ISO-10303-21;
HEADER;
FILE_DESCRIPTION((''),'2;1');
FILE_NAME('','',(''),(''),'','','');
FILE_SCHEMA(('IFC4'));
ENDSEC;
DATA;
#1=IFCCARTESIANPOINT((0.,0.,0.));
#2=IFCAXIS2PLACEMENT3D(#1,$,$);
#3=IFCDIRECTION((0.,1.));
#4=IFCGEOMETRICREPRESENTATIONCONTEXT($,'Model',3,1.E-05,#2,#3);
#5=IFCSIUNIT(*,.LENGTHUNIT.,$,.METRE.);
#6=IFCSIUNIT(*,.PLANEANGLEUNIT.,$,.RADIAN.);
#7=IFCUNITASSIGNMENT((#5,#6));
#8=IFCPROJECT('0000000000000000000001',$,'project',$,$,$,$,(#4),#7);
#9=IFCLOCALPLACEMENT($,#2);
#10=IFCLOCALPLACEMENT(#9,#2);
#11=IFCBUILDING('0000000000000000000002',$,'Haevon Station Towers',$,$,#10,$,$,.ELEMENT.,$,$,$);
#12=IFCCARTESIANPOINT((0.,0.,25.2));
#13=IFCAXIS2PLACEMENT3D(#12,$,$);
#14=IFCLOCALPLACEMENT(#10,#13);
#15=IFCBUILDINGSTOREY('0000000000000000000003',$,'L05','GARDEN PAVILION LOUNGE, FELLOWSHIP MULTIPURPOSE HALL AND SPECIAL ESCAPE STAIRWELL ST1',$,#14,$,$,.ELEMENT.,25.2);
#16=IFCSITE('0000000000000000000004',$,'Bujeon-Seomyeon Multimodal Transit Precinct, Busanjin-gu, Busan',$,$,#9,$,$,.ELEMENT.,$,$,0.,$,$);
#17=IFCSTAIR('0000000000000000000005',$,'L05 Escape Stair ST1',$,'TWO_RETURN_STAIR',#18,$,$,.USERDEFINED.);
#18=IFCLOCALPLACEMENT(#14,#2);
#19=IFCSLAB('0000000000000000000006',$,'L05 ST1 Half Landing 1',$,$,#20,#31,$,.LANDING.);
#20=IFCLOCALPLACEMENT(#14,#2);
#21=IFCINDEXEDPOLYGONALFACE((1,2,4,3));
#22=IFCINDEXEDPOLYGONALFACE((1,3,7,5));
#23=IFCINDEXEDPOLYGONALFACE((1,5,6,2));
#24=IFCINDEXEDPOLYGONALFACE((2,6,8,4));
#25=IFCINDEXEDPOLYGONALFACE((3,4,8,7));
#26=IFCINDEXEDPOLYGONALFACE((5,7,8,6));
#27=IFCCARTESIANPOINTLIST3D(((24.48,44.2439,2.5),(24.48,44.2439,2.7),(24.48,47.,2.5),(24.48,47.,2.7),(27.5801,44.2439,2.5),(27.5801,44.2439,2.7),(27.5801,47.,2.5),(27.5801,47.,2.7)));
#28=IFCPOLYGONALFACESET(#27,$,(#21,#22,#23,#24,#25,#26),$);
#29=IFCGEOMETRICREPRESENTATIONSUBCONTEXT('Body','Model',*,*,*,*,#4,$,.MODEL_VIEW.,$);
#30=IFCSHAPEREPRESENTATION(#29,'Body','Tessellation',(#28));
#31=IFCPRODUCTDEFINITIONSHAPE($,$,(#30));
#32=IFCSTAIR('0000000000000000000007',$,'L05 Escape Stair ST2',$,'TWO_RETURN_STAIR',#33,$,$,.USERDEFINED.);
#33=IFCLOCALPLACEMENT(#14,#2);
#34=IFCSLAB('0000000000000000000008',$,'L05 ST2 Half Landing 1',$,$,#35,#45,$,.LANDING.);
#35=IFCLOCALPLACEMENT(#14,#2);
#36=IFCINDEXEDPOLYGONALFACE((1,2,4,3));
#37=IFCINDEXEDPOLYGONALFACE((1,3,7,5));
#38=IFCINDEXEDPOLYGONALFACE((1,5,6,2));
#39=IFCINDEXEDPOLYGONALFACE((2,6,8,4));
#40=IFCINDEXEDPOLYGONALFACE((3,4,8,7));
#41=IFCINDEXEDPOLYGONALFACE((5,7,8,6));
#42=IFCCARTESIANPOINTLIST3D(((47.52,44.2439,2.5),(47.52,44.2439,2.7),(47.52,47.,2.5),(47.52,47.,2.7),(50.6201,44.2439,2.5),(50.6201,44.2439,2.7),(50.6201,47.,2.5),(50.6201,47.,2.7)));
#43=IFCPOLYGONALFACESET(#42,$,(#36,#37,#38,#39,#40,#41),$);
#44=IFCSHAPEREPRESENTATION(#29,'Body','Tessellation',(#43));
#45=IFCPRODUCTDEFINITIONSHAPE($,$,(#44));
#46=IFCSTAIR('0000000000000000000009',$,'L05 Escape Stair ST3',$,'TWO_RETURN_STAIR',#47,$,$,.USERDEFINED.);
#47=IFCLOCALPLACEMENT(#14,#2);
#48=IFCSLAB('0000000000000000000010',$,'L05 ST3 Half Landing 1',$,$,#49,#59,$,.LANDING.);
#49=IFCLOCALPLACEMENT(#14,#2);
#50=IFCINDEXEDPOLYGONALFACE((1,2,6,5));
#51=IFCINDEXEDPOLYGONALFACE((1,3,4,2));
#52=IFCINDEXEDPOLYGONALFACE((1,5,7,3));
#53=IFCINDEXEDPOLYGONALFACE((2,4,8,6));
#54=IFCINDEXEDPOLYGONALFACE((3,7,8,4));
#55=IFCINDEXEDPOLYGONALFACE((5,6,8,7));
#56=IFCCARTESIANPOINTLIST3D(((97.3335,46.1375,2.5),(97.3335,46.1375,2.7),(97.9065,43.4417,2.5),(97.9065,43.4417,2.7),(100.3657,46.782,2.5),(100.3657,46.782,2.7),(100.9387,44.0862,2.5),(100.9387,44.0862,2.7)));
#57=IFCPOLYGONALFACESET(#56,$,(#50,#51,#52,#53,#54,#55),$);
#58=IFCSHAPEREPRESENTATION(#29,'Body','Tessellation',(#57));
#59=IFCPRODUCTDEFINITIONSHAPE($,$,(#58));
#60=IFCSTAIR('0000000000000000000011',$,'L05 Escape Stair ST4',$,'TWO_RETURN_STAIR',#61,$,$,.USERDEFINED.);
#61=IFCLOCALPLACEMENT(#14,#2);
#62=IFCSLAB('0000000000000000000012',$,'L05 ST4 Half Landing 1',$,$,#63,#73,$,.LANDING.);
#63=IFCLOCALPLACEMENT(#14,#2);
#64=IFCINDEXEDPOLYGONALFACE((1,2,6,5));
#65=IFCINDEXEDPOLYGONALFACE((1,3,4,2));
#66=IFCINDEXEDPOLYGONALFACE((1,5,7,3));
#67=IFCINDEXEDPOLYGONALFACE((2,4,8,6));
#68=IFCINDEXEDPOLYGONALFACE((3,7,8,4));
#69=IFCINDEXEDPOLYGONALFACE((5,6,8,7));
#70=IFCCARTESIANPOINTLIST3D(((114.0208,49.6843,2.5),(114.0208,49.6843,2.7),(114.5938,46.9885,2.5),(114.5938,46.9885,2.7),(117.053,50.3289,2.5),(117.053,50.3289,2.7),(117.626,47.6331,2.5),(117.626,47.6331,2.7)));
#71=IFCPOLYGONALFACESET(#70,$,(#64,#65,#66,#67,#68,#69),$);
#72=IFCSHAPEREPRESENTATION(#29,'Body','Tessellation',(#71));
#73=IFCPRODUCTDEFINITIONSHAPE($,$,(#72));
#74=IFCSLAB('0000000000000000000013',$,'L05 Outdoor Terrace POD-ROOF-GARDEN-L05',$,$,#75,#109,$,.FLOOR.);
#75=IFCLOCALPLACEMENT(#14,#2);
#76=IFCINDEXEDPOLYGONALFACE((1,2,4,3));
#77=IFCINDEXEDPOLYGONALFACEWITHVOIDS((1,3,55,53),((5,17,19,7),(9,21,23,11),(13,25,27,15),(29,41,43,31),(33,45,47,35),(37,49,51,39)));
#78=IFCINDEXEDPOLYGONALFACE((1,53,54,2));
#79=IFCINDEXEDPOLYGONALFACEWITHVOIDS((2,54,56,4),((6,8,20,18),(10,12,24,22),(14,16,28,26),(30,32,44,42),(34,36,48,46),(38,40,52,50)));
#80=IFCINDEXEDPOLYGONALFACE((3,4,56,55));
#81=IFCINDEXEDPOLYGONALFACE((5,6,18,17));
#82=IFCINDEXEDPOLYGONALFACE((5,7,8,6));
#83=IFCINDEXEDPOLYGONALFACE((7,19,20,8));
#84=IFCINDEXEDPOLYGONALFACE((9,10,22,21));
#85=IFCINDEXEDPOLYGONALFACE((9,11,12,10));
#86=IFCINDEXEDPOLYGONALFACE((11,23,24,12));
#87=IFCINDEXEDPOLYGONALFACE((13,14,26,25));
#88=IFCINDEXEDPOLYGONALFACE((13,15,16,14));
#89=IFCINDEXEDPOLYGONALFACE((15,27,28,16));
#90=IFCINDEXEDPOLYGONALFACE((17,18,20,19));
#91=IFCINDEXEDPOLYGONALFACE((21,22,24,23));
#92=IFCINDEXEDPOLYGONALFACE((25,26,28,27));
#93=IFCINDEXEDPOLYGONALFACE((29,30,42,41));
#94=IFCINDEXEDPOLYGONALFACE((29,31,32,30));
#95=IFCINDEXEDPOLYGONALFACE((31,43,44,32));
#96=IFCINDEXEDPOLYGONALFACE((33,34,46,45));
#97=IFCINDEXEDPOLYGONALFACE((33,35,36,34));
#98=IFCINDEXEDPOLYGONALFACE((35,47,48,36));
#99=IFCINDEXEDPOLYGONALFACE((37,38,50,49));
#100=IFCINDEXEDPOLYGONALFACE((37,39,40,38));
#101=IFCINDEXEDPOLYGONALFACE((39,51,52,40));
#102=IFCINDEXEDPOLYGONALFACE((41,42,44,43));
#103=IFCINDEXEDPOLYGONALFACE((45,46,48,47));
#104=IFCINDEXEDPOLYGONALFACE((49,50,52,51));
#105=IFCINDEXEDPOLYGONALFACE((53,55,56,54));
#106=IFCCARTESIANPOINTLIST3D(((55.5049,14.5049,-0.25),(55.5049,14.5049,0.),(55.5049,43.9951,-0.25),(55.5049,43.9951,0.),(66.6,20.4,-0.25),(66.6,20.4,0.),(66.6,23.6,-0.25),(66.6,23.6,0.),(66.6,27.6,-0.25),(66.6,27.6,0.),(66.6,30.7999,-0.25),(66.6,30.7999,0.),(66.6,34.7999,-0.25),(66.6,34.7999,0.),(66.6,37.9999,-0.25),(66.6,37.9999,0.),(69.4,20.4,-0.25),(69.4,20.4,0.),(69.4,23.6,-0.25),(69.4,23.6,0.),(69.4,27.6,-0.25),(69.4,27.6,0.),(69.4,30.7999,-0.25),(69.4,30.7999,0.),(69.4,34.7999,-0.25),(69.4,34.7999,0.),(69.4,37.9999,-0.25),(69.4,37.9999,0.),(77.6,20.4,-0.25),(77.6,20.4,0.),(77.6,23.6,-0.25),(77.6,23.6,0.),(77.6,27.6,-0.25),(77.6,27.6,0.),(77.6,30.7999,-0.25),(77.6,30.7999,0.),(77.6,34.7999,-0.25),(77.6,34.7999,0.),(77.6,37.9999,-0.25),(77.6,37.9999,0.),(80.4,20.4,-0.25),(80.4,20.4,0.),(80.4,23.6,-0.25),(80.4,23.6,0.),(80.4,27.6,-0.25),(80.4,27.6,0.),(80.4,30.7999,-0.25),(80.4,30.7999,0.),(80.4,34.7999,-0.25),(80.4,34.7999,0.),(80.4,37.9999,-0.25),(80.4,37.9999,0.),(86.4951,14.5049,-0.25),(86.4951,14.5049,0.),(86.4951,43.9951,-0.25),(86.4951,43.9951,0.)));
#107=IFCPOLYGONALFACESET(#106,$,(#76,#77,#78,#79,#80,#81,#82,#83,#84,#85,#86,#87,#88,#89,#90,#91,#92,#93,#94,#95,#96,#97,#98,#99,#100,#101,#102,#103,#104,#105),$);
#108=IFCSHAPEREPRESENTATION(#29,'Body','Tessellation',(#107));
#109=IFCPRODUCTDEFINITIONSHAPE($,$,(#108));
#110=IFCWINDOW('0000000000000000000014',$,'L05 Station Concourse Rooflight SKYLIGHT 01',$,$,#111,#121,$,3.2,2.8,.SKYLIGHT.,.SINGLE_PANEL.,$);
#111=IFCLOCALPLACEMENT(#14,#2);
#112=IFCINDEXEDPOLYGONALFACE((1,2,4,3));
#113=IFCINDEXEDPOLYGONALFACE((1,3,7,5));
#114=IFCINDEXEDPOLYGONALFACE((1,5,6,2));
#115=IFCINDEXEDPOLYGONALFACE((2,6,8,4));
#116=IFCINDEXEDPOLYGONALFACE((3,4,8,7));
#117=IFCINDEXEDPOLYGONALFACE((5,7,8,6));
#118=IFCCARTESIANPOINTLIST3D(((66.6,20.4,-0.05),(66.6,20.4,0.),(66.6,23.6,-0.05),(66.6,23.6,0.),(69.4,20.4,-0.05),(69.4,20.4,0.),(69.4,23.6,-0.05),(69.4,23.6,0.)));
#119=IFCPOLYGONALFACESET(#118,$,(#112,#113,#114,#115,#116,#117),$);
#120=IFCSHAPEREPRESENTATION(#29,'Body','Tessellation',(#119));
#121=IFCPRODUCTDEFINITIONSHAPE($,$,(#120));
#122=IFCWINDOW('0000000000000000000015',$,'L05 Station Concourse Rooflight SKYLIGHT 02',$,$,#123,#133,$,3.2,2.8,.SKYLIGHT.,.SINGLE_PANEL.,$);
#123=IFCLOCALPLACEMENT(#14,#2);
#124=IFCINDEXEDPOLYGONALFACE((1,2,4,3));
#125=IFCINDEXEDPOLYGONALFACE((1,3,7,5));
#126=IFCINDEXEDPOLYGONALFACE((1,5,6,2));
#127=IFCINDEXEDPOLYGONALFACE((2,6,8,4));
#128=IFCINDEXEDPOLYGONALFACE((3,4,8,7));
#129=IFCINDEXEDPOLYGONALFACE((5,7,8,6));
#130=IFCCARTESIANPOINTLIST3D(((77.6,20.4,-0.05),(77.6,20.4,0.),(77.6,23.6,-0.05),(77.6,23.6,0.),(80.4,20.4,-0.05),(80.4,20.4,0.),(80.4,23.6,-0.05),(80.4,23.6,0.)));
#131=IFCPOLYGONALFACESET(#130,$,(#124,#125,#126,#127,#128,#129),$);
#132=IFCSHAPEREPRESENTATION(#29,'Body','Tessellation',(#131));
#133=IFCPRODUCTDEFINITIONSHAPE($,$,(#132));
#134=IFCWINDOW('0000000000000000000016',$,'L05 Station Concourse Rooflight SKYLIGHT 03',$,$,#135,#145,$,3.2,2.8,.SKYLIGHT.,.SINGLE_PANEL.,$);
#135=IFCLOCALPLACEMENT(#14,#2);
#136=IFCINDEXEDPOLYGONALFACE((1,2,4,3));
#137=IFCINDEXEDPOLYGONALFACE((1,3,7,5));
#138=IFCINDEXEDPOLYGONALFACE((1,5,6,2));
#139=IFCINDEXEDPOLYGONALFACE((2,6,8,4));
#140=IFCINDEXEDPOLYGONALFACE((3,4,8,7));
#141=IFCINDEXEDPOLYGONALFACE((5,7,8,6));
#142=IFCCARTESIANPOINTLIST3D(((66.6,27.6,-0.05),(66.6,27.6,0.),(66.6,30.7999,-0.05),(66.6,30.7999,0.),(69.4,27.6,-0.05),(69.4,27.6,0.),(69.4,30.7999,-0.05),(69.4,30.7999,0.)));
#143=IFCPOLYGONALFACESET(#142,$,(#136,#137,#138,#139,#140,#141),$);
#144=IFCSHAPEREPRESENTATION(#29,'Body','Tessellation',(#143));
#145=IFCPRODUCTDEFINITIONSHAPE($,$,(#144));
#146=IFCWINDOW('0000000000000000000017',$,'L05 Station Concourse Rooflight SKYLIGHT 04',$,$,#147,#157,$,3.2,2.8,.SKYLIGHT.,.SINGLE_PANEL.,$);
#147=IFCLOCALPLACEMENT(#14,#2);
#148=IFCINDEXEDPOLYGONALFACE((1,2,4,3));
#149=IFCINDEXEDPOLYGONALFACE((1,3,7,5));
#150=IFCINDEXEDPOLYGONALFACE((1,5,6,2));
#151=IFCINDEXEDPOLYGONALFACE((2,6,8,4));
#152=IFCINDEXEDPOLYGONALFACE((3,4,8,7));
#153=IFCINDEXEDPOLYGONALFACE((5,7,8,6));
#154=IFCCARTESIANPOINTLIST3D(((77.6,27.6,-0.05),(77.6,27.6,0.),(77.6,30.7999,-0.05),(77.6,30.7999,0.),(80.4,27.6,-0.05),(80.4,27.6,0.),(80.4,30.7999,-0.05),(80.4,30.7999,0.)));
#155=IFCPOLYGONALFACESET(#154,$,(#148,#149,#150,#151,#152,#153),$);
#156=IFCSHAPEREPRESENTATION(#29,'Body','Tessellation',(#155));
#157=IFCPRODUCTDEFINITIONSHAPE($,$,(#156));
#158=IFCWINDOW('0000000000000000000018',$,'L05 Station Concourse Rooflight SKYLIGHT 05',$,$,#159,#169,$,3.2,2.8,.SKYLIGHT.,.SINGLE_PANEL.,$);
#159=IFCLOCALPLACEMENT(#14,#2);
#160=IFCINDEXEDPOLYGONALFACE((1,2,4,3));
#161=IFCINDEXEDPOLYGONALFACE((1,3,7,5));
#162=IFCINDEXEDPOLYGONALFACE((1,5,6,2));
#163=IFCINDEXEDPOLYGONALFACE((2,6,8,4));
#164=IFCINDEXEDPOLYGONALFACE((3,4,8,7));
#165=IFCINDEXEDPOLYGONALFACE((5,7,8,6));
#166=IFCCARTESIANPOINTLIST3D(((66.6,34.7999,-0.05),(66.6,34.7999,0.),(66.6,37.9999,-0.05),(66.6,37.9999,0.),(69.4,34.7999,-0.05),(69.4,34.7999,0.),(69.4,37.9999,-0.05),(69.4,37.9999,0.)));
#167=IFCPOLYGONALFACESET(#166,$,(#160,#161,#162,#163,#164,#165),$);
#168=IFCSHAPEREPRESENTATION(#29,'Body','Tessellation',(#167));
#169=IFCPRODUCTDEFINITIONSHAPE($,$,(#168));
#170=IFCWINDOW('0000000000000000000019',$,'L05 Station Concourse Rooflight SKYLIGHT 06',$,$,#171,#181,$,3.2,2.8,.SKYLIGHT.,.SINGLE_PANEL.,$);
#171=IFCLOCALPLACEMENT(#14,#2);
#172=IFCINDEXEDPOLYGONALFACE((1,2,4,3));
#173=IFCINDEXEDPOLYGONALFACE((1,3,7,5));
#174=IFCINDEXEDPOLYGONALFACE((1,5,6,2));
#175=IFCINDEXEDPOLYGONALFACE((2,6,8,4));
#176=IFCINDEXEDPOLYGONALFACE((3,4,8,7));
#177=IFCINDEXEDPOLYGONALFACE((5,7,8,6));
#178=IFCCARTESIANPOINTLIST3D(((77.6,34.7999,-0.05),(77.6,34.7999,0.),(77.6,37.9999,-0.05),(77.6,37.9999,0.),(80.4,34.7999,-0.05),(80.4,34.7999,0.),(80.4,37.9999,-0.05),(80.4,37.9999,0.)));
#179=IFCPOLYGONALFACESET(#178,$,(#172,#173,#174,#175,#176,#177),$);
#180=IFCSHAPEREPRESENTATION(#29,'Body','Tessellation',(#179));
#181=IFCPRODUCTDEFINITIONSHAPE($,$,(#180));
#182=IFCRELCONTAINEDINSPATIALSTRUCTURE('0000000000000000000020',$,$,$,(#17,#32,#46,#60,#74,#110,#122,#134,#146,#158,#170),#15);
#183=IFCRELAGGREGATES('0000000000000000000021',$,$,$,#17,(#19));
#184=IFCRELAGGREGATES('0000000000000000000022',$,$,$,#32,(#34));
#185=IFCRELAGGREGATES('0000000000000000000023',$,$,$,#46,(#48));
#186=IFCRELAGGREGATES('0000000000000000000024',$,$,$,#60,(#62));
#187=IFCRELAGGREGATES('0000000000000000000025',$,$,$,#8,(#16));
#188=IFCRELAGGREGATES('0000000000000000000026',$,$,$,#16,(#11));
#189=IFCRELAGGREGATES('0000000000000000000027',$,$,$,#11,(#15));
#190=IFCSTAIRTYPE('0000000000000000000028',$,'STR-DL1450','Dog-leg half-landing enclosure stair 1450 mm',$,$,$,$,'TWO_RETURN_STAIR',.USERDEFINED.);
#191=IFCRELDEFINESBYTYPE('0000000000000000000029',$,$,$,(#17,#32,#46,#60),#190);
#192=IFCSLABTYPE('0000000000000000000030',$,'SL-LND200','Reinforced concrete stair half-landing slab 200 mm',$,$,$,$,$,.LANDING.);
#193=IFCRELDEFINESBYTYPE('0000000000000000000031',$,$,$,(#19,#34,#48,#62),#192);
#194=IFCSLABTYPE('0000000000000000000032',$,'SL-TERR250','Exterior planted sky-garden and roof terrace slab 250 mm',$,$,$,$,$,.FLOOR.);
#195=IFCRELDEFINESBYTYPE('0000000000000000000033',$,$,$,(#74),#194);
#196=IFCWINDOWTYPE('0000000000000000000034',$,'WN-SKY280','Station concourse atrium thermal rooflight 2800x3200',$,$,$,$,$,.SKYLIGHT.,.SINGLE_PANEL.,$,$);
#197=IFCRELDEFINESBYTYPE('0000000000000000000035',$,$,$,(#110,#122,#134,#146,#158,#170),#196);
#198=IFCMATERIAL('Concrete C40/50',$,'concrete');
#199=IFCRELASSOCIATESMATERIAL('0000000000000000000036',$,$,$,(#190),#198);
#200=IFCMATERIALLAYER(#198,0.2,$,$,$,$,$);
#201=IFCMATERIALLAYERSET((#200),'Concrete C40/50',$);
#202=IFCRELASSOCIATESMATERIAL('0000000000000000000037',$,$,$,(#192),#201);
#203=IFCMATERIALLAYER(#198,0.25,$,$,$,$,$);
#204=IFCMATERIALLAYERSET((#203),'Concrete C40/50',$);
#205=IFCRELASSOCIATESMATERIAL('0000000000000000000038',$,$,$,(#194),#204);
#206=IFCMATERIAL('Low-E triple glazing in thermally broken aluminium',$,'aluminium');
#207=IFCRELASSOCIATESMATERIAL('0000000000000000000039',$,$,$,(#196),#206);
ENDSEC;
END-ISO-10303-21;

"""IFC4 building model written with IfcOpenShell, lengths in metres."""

from ifc_helpers import new_model, si_unit, direction, frame, origin, origin_2d, place, context, subcontext, project, spatial, polyline, rectangle, outline, extrude, material, layer, layer_set, type_object, element, fill, aggregate, save


model = new_model("IFC4")

# Units and contexts
model_context = context("Model", 3, precision=1e-05, world=origin(), true_north=direction((0.0, 1.0)))
body_context = subcontext(model_context, "Body", "Model", "MODEL_VIEW")
ifc_project = project(units=[si_unit("LENGTHUNIT", "METRE"), si_unit("PLANEANGLEUNIT", "RADIAN")], contexts=[model_context])

# Site, building, storey
site_placement = place(None, origin())
site = spatial("IfcSite", under=ifc_project, at=site_placement, Name="Bujeon-Seomyeon Multimodal Transit Precinct, Busanjin-gu, Busan", CompositionType="ELEMENT", RefElevation=0.0)
building_placement = place(site_placement, origin())
building = spatial("IfcBuilding", under=site, at=building_placement, Name="Haevon Station Towers", CompositionType="ELEMENT")
storey_placement = place(building_placement, frame((0.0, 0.0, 25.2)))
storey = spatial("IfcBuildingStorey", under=building, at=storey_placement, Name="L05", Description="GARDEN PAVILION LOUNGE, FELLOWSHIP MULTIPURPOSE HALL AND SPECIAL ESCAPE STAIRWELL ST1", CompositionType="ELEMENT", Elevation=25.2)

# Stairs, slabs
ifc_material_1 = material(Name="Concrete C40/50", Category="concrete")
stair_type = type_object("IfcStairType", Name="STR-DL1450", Description="Dog-leg half-landing enclosure stair 1450 mm", ElementType="TWO_RETURN_STAIR", PredefinedType="USERDEFINED", material=ifc_material_1)
stair_1_placement = place(storey_placement, origin())
stair_1 = element("IfcStair", 1, at=stair_1_placement, inside=storey, type_object=stair_type, Name="L05 Escape Stair ST1", ObjectType="TWO_RETURN_STAIR", PredefinedType="USERDEFINED")
ifc_layer_1 = layer(ifc_material_1, 0.2)
ifc_layer_set_1 = layer_set([ifc_layer_1], Name="Concrete C40/50")
slab_type_1 = type_object("IfcSlabType", Name="SL-LND200", Description="Reinforced concrete stair half-landing slab 200 mm", PredefinedType="LANDING", material=ifc_layer_set_1)
slab_1_placement = place(storey_placement, frame((0.0, 0.0, 2.5)))
slab_1 = element("IfcSlab", 2, at=slab_1_placement, type_object=slab_type_1, Name="L05 ST1 Half Landing 1", PredefinedType="LANDING", context=body_context, shape_type="SweptSolid", body=[
    extrude(outline(polyline([(27.5801, 44.2439), (27.5801, 47.0), (24.48, 47.0), (24.48, 44.2439), (27.5801, 44.2439)])), origin(), (0.0, 0.0, 1.0), 0.2),
])
aggregate(stair_1, [slab_1])
stair_2_placement = place(storey_placement, origin())
stair_2 = element("IfcStair", 3, at=stair_2_placement, inside=storey, type_object=stair_type, Name="L05 Escape Stair ST2", ObjectType="TWO_RETURN_STAIR", PredefinedType="USERDEFINED")
slab_2_placement = place(storey_placement, frame((0.0, 0.0, 2.5)))
slab_2 = element("IfcSlab", 4, at=slab_2_placement, type_object=slab_type_1, Name="L05 ST2 Half Landing 1", PredefinedType="LANDING", context=body_context, shape_type="SweptSolid", body=[
    extrude(outline(polyline([(50.6201, 44.2439), (50.6201, 47.0), (47.52, 47.0), (47.52, 44.2439), (50.6201, 44.2439)])), origin(), (0.0, 0.0, 1.0), 0.2),
])
aggregate(stair_2, [slab_2])
stair_3_placement = place(storey_placement, origin())
stair_3 = element("IfcStair", 5, at=stair_3_placement, inside=storey, type_object=stair_type, Name="L05 Escape Stair ST3", ObjectType="TWO_RETURN_STAIR", PredefinedType="USERDEFINED")
slab_3_placement = place(storey_placement, frame((0.0, 0.0, 2.5)))
slab_3 = element("IfcSlab", 6, at=slab_3_placement, type_object=slab_type_1, Name="L05 ST3 Half Landing 1", PredefinedType="LANDING", context=body_context, shape_type="SweptSolid", body=[
    extrude(outline(polyline([(100.9387, 44.0862), (100.3657, 46.782), (97.3335, 46.1375), (97.9065, 43.4417), (100.9387, 44.0862)])), origin(), (0.0, 0.0, 1.0), 0.2),
])
aggregate(stair_3, [slab_3])
stair_4_placement = place(storey_placement, origin())
stair_4 = element("IfcStair", 7, at=stair_4_placement, inside=storey, type_object=stair_type, Name="L05 Escape Stair ST4", ObjectType="TWO_RETURN_STAIR", PredefinedType="USERDEFINED")
slab_4_placement = place(storey_placement, frame((0.0, 0.0, 2.5)))
slab_4 = element("IfcSlab", 8, at=slab_4_placement, type_object=slab_type_1, Name="L05 ST4 Half Landing 1", PredefinedType="LANDING", context=body_context, shape_type="SweptSolid", body=[
    extrude(outline(polyline([(117.626, 47.6331), (117.053, 50.3289), (114.0208, 49.6843), (114.5938, 46.9885), (117.626, 47.6331)])), origin(), (0.0, 0.0, 1.0), 0.2),
])
aggregate(stair_4, [slab_4])

# Slab, openings, windows
ifc_layer_2 = layer(ifc_material_1, 0.25)
ifc_layer_set_2 = layer_set([ifc_layer_2], Name="Concrete C40/50")
slab_type_2 = type_object("IfcSlabType", Name="SL-TERR250", Description="Exterior planted sky-garden and roof terrace slab 250 mm", PredefinedType="FLOOR", material=ifc_layer_set_2)
slab_5_placement = place(storey_placement, frame((0.0, 0.0, -0.25)))
slab_5 = element("IfcSlab", 9, at=slab_5_placement, inside=storey, type_object=slab_type_2, Name="L05 Outdoor Terrace POD-ROOF-GARDEN-L05", PredefinedType="FLOOR", context=body_context, shape_type="SweptSolid", body=[
    extrude(outline(polyline([(55.5049, 14.5049), (86.4951, 14.5049), (86.4951, 43.9951), (55.5049, 43.9951), (55.5049, 14.5049)])), origin(), (0.0, 0.0, 1.0), 0.25),
])
opening_1_placement = place(slab_5_placement, frame((68.0, 22.0, -0.01)))
opening_1 = element("IfcOpeningElement", 10, at=opening_1_placement, cuts=slab_5, PredefinedType="OPENING", context=body_context, shape_type="SweptSolid", body=[
    extrude(rectangle(XDim=2.8, YDim=3.2, at=origin_2d()), origin(), (0.0, 0.0, 1.0), 0.27),
])
opening_2_placement = place(slab_5_placement, frame((79.0, 22.0, -0.01)))
opening_2 = element("IfcOpeningElement", 11, at=opening_2_placement, cuts=slab_5, PredefinedType="OPENING", context=body_context, shape_type="SweptSolid", body=[
    extrude(rectangle(XDim=2.8, YDim=3.2, at=origin_2d()), origin(), (0.0, 0.0, 1.0), 0.27),
])
opening_3_placement = place(slab_5_placement, frame((68.0, 29.2, -0.01)))
opening_3 = element("IfcOpeningElement", 12, at=opening_3_placement, cuts=slab_5, PredefinedType="OPENING", context=body_context, shape_type="SweptSolid", body=[
    extrude(rectangle(XDim=2.8, YDim=3.2, at=origin_2d()), origin(), (0.0, 0.0, 1.0), 0.27),
])
opening_4_placement = place(slab_5_placement, frame((79.0, 29.2, -0.01)))
opening_4 = element("IfcOpeningElement", 13, at=opening_4_placement, cuts=slab_5, PredefinedType="OPENING", context=body_context, shape_type="SweptSolid", body=[
    extrude(rectangle(XDim=2.8, YDim=3.2, at=origin_2d()), origin(), (0.0, 0.0, 1.0), 0.27),
])
opening_5_placement = place(slab_5_placement, frame((68.0, 36.3999, -0.01)))
opening_5 = element("IfcOpeningElement", 14, at=opening_5_placement, cuts=slab_5, PredefinedType="OPENING", context=body_context, shape_type="SweptSolid", body=[
    extrude(rectangle(XDim=2.8, YDim=3.2, at=origin_2d()), origin(), (0.0, 0.0, 1.0), 0.27),
])
opening_6_placement = place(slab_5_placement, frame((79.0, 36.3999, -0.01)))
opening_6 = element("IfcOpeningElement", 15, at=opening_6_placement, cuts=slab_5, PredefinedType="OPENING", context=body_context, shape_type="SweptSolid", body=[
    extrude(rectangle(XDim=2.8, YDim=3.2, at=origin_2d()), origin(), (0.0, 0.0, 1.0), 0.27),
])
ifc_material_2 = material(Name="Low-E triple glazing in thermally broken aluminium", Category="aluminium")
window_type = type_object("IfcWindowType", Name="WN-SKY280", Description="Station concourse atrium thermal rooflight 2800x3200", PartitioningType="SINGLE_PANEL", PredefinedType="SKYLIGHT", material=ifc_material_2)
window_1_placement = place(slab_5_placement, frame((68.0, 22.0, 0.2)))
window_1 = element("IfcWindow", 16, at=window_1_placement, inside=storey, type_object=window_type, Name="L05 Station Concourse Rooflight SKYLIGHT 01", OverallHeight=3.2, OverallWidth=2.8, PartitioningType="SINGLE_PANEL", PredefinedType="SKYLIGHT", context=body_context, shape_type="SweptSolid", body=[
    extrude(rectangle(XDim=2.8, YDim=3.2, at=origin_2d()), origin(), (0.0, 0.0, 1.0), 0.05),
])
fill(opening_1, window_1)
window_2_placement = place(slab_5_placement, frame((79.0, 22.0, 0.2)))
window_2 = element("IfcWindow", 17, at=window_2_placement, inside=storey, type_object=window_type, Name="L05 Station Concourse Rooflight SKYLIGHT 02", OverallHeight=3.2, OverallWidth=2.8, PartitioningType="SINGLE_PANEL", PredefinedType="SKYLIGHT", context=body_context, shape_type="SweptSolid", body=[
    extrude(rectangle(XDim=2.8, YDim=3.2, at=origin_2d()), origin(), (0.0, 0.0, 1.0), 0.05),
])
fill(opening_2, window_2)
window_3_placement = place(slab_5_placement, frame((68.0, 29.2, 0.2)))
window_3 = element("IfcWindow", 18, at=window_3_placement, inside=storey, type_object=window_type, Name="L05 Station Concourse Rooflight SKYLIGHT 03", OverallHeight=3.2, OverallWidth=2.8, PartitioningType="SINGLE_PANEL", PredefinedType="SKYLIGHT", context=body_context, shape_type="SweptSolid", body=[
    extrude(rectangle(XDim=2.8, YDim=3.2, at=origin_2d()), origin(), (0.0, 0.0, 1.0), 0.05),
])
fill(opening_3, window_3)
window_4_placement = place(slab_5_placement, frame((79.0, 29.2, 0.2)))
window_4 = element("IfcWindow", 19, at=window_4_placement, inside=storey, type_object=window_type, Name="L05 Station Concourse Rooflight SKYLIGHT 04", OverallHeight=3.2, OverallWidth=2.8, PartitioningType="SINGLE_PANEL", PredefinedType="SKYLIGHT", context=body_context, shape_type="SweptSolid", body=[
    extrude(rectangle(XDim=2.8, YDim=3.2, at=origin_2d()), origin(), (0.0, 0.0, 1.0), 0.05),
])
fill(opening_4, window_4)
window_5_placement = place(slab_5_placement, frame((68.0, 36.3999, 0.2)))
window_5 = element("IfcWindow", 20, at=window_5_placement, inside=storey, type_object=window_type, Name="L05 Station Concourse Rooflight SKYLIGHT 05", OverallHeight=3.2, OverallWidth=2.8, PartitioningType="SINGLE_PANEL", PredefinedType="SKYLIGHT", context=body_context, shape_type="SweptSolid", body=[
    extrude(rectangle(XDim=2.8, YDim=3.2, at=origin_2d()), origin(), (0.0, 0.0, 1.0), 0.05),
])
fill(opening_5, window_5)
window_6_placement = place(slab_5_placement, frame((79.0, 36.3999, 0.2)))
window_6 = element("IfcWindow", 21, at=window_6_placement, inside=storey, type_object=window_type, Name="L05 Station Concourse Rooflight SKYLIGHT 06", OverallHeight=3.2, OverallWidth=2.8, PartitioningType="SINGLE_PANEL", PredefinedType="SKYLIGHT", context=body_context, shape_type="SweptSolid", body=[
    extrude(rectangle(XDim=2.8, YDim=3.2, at=origin_2d()), origin(), (0.0, 0.0, 1.0), 0.05),
])
fill(opening_6, window_6)

save(model, "model.ifc")
